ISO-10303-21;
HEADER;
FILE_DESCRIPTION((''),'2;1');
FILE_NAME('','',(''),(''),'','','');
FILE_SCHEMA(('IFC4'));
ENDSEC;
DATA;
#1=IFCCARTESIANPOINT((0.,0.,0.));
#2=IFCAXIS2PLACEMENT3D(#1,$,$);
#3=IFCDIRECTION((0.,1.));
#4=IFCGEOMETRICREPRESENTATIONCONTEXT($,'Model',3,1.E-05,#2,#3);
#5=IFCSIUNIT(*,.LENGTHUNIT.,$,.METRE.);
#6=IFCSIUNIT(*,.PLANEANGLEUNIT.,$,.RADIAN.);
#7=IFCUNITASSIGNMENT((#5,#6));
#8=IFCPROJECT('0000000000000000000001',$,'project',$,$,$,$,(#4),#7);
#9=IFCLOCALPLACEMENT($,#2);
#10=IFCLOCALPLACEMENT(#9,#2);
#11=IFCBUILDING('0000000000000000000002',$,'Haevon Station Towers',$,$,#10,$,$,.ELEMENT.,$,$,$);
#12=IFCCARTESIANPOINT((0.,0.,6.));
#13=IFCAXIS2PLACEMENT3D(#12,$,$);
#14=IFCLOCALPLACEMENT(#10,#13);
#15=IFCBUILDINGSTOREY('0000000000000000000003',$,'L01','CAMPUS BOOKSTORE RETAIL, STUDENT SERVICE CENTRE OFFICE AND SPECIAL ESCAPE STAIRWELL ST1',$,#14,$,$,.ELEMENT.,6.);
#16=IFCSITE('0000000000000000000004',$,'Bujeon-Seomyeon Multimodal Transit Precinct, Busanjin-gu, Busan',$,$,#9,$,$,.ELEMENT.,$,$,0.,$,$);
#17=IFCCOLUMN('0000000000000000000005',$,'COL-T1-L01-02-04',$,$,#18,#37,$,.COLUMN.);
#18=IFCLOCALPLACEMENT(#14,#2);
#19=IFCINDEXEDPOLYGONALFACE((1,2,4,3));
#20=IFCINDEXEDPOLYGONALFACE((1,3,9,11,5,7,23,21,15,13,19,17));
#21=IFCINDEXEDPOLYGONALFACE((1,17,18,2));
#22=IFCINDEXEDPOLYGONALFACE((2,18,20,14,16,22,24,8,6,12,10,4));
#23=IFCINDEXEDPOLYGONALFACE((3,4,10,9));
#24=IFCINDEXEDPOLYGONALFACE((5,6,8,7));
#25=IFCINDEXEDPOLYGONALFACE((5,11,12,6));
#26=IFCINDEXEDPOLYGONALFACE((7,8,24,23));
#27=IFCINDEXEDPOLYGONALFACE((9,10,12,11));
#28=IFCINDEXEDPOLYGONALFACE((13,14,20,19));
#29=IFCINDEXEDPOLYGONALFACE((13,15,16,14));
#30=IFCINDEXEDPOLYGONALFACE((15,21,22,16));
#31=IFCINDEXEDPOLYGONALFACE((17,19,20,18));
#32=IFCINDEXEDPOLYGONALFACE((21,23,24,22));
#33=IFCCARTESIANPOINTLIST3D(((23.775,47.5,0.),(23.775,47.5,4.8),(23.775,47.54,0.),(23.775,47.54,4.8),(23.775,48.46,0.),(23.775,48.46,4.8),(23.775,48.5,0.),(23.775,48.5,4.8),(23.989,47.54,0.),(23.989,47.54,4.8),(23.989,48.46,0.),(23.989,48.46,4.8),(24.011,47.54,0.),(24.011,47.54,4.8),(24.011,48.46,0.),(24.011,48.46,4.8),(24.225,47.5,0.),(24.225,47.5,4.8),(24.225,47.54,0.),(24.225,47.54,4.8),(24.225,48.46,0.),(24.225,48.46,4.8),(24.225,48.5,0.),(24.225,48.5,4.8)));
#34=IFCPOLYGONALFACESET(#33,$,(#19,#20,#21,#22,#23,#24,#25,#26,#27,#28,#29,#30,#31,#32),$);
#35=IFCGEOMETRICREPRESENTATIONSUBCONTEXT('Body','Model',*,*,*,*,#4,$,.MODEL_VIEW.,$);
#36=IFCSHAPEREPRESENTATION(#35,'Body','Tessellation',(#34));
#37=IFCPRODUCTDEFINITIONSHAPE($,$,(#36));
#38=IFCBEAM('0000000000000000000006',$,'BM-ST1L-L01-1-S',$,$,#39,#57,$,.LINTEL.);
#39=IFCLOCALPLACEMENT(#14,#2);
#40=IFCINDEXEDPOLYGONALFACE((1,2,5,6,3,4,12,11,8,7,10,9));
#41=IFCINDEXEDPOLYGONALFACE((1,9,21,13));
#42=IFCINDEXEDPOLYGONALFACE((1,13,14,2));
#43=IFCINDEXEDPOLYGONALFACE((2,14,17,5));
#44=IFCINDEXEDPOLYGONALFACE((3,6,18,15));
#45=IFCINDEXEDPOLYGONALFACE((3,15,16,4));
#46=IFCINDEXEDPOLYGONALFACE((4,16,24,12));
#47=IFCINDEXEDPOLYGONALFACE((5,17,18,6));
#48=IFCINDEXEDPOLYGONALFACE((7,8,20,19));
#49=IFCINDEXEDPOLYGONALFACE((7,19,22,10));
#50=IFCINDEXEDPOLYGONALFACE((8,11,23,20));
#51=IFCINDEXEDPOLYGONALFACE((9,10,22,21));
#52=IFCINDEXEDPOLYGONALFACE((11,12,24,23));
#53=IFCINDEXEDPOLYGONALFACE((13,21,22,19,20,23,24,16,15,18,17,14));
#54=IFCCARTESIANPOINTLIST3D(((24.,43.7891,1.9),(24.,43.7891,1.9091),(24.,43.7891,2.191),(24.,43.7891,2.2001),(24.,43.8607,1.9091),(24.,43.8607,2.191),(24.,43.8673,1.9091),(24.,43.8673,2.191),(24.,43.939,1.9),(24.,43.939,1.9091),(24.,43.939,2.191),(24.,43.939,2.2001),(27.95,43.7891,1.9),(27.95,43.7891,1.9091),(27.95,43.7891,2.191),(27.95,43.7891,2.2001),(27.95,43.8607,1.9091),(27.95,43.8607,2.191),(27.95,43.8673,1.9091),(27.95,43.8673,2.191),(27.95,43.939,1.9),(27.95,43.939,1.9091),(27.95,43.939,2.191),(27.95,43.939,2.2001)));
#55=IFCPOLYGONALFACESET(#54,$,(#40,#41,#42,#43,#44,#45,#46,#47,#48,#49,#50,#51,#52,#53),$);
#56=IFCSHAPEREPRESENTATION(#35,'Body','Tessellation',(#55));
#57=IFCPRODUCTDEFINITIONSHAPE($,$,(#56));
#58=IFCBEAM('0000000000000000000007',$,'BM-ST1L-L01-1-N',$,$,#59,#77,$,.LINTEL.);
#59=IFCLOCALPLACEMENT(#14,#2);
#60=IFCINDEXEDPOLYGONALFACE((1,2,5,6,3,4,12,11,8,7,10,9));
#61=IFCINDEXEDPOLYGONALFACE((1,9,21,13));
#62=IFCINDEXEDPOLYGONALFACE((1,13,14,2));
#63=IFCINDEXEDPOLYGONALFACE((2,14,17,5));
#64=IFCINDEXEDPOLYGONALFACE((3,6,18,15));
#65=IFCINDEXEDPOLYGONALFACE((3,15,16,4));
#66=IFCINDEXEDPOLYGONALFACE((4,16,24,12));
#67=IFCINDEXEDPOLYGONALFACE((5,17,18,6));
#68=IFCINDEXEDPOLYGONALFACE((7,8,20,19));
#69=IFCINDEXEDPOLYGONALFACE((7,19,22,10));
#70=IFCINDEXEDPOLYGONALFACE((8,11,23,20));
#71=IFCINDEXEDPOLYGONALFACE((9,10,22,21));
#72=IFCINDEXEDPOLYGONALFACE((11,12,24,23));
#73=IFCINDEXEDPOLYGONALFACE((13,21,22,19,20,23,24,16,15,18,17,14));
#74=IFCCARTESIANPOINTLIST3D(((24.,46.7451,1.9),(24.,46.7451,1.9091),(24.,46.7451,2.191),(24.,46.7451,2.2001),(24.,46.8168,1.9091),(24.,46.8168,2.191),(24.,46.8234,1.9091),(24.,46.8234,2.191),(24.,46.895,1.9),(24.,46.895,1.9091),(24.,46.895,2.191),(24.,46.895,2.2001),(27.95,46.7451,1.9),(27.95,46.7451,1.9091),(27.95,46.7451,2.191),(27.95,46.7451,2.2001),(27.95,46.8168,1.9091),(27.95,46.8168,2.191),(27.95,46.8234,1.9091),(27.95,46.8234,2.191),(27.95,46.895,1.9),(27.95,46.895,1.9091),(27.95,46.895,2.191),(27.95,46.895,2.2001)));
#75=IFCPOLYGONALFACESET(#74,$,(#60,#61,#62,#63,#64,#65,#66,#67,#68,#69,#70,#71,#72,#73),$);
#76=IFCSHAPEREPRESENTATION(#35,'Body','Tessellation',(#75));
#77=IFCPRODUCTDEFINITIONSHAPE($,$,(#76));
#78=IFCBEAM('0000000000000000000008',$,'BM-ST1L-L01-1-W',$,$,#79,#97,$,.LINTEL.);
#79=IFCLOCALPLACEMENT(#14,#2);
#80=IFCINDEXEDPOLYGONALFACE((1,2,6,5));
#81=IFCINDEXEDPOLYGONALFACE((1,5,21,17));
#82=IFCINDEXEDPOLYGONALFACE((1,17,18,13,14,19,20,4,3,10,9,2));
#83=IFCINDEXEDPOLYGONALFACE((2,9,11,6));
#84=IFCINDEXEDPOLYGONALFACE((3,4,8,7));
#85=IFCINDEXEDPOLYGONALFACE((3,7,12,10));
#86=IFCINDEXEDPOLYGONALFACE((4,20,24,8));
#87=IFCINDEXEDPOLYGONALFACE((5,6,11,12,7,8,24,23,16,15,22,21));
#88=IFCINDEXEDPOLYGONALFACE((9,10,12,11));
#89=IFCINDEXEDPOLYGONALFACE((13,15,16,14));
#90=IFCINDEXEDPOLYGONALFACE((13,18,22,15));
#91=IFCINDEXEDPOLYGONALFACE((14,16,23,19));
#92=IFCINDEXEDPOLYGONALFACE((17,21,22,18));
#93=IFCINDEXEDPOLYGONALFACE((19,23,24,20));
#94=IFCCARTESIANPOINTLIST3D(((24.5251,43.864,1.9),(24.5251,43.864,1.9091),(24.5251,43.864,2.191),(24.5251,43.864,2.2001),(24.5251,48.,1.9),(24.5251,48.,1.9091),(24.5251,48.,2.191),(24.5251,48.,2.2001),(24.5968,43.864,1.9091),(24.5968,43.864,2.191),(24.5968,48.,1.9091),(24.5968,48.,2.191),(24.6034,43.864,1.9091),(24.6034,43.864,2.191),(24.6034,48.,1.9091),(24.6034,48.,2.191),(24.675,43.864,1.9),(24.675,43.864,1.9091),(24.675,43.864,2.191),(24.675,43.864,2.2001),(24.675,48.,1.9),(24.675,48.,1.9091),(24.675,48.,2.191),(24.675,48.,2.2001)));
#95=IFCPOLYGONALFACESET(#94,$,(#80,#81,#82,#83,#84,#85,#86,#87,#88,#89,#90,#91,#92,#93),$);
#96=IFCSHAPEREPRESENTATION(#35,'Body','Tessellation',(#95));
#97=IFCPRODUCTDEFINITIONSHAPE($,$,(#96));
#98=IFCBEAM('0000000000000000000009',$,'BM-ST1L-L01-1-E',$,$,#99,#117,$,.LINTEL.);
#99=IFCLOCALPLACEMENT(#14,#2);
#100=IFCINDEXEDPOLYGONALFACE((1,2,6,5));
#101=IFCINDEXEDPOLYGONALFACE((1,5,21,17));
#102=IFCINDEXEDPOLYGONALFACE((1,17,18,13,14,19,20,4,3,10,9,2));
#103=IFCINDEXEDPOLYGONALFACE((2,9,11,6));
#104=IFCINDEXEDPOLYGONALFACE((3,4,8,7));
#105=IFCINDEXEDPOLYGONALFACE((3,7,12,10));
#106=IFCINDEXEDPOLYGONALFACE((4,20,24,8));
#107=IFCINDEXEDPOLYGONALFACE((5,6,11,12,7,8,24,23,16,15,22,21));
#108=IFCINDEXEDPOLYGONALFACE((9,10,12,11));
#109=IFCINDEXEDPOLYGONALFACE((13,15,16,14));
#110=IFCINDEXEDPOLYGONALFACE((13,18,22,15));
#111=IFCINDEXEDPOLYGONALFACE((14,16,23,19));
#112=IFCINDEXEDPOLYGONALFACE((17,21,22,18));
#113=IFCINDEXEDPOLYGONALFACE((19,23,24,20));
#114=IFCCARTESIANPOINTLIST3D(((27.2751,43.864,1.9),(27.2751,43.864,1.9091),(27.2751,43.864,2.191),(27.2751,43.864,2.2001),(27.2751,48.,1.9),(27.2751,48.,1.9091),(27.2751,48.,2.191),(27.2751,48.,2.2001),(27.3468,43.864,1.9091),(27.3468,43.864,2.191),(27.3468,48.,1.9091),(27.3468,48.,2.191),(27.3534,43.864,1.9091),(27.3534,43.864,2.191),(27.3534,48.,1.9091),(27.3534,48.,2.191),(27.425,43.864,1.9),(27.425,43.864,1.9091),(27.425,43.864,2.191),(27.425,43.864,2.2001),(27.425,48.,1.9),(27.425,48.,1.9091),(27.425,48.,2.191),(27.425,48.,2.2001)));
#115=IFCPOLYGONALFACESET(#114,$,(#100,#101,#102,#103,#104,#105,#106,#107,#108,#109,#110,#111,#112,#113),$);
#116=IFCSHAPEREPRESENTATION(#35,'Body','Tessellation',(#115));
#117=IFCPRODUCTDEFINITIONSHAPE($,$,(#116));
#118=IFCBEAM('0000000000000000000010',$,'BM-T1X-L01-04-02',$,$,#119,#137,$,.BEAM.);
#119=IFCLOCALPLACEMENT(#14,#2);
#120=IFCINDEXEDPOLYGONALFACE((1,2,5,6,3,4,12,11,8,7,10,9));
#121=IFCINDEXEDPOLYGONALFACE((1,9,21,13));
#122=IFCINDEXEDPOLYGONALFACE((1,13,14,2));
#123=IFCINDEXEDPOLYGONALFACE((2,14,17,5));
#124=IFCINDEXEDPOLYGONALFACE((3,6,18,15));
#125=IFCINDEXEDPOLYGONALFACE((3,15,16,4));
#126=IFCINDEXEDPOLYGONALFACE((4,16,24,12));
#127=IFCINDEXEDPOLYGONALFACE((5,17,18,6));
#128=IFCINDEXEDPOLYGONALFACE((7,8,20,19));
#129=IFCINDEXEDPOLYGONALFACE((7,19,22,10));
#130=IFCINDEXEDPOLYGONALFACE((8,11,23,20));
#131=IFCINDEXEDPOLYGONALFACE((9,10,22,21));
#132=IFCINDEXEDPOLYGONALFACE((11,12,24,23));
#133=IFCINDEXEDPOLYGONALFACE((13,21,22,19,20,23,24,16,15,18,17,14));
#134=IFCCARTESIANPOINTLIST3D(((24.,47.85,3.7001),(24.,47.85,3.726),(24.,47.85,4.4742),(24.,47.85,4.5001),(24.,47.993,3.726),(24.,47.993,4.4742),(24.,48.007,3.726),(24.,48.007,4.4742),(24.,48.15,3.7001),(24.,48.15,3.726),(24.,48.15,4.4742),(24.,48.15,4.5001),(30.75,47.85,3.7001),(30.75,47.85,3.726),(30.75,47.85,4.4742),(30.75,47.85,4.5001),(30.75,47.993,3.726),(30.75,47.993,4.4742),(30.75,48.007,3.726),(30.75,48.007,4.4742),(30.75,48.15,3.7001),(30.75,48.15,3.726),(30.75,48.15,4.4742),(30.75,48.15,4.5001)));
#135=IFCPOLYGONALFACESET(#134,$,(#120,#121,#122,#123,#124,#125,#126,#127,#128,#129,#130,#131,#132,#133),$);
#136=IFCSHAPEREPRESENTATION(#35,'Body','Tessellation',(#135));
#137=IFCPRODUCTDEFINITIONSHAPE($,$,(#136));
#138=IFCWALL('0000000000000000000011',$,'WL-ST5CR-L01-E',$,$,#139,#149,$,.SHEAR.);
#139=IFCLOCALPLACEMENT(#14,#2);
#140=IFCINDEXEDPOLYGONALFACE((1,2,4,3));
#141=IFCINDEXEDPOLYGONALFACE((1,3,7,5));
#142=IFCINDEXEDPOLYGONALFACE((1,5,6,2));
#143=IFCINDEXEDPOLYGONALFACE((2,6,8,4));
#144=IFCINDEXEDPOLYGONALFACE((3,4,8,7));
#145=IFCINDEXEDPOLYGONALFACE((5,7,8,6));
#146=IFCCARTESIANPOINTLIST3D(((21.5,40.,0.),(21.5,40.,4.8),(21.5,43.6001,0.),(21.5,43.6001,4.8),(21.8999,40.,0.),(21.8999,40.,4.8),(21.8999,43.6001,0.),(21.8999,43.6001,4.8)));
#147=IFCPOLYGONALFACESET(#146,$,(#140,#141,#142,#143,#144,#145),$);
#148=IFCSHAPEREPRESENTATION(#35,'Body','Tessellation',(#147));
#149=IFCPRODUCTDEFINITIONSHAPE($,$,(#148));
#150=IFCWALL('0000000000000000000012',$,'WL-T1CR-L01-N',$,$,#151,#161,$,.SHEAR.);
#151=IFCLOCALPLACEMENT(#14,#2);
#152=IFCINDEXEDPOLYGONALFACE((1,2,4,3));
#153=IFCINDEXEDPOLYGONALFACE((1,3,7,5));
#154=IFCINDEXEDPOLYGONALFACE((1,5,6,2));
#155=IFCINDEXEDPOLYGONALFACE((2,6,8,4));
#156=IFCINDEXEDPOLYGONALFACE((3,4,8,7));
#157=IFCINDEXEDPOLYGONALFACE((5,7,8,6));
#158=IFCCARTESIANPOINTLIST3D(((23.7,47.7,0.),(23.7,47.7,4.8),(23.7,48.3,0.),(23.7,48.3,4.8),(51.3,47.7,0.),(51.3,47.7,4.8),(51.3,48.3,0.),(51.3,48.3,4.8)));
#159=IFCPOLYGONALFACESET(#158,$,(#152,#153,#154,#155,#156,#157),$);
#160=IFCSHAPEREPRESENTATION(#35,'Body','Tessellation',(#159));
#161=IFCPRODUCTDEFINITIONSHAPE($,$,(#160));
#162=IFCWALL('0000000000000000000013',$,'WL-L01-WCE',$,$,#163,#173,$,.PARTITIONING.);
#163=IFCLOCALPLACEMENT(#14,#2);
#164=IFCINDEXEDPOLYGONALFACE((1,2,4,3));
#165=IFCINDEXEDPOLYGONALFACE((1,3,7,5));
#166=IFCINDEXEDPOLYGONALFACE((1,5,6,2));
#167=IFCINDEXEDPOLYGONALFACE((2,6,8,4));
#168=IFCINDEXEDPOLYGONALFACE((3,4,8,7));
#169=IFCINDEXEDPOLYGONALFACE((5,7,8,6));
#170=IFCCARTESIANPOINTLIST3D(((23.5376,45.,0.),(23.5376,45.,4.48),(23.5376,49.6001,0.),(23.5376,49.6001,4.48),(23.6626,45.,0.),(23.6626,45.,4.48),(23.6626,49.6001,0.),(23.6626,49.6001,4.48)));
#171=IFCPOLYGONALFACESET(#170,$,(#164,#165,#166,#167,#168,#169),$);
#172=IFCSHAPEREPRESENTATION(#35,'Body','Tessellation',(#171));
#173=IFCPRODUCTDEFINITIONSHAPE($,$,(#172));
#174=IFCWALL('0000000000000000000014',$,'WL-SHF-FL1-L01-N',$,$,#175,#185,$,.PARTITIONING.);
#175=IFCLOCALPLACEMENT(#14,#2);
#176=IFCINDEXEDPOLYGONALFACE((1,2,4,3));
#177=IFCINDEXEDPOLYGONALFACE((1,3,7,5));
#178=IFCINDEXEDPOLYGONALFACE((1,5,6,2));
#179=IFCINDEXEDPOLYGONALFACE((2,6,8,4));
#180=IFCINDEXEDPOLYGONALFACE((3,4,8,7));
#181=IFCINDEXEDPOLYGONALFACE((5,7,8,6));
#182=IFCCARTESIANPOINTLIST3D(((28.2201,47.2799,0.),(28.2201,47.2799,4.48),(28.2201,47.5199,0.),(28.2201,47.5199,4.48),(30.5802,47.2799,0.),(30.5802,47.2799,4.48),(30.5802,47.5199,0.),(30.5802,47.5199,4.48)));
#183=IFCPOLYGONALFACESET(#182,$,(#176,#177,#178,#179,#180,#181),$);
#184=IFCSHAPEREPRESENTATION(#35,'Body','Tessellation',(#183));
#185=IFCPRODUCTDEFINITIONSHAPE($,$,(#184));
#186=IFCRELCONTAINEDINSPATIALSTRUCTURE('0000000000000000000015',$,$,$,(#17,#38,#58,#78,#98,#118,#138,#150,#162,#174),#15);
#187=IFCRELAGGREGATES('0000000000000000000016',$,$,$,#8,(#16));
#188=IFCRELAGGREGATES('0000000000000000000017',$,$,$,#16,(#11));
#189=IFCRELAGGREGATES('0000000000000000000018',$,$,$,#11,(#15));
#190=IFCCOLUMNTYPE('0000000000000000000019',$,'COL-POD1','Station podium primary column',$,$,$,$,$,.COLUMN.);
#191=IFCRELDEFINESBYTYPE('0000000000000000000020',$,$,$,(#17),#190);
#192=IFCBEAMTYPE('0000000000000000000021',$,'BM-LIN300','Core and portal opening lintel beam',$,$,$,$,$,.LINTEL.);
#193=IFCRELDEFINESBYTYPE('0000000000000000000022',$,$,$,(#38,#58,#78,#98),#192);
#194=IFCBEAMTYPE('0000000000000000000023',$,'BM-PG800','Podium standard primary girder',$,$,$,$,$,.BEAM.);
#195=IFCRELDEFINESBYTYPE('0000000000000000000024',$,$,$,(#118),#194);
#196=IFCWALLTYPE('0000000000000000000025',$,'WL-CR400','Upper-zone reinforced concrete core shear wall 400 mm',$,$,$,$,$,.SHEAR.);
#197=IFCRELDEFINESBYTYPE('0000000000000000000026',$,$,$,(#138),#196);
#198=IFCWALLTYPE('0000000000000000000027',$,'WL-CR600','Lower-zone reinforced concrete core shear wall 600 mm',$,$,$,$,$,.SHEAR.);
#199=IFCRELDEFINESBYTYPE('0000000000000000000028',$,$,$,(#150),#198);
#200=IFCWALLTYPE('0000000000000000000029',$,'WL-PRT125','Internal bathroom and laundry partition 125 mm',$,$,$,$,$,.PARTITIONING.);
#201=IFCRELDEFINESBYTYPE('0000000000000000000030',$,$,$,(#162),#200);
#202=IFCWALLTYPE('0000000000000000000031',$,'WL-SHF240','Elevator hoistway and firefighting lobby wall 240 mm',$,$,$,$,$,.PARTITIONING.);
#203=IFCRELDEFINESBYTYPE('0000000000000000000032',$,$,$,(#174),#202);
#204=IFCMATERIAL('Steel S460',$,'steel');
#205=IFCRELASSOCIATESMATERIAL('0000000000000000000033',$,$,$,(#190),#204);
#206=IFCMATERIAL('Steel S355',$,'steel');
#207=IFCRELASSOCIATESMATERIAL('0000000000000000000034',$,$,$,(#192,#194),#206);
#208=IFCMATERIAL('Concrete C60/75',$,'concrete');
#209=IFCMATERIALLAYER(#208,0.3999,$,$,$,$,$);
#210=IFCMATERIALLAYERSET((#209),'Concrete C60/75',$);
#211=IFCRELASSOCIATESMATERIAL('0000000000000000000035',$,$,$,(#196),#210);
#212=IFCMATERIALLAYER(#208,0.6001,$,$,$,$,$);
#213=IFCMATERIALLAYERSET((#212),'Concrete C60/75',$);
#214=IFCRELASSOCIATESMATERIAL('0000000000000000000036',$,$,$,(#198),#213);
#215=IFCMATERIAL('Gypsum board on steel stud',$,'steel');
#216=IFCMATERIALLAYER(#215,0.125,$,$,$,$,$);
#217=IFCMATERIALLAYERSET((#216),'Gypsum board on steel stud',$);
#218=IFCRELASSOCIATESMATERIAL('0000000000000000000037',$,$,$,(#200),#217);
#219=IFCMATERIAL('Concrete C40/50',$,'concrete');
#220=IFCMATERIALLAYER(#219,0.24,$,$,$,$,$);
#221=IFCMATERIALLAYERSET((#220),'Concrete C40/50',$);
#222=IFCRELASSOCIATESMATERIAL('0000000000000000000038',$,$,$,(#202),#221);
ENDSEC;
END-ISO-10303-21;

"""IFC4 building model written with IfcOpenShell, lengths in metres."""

from ifc_helpers import new_model, si_unit, direction, frame, frame_2d, origin, origin_2d, place, context, subcontext, project, spatial, rectangle, i_section, extrude, material, layer, layer_set, material_profile, profile_set, type_object, element, save


model = new_model("IFC4")

# Units and contexts
model_context = context("Model", 3, precision=1e-05, world=origin(), true_north=direction((0.0, 1.0)))
body_context = subcontext(model_context, "Body", "Model", "MODEL_VIEW")
ifc_project = project(units=[si_unit("LENGTHUNIT", "METRE"), si_unit("PLANEANGLEUNIT", "RADIAN")], contexts=[model_context])

# Site, building, storey
site_placement = place(None, origin())
site = spatial("IfcSite", under=ifc_project, at=site_placement, Name="Bujeon-Seomyeon Multimodal Transit Precinct, Busanjin-gu, Busan", CompositionType="ELEMENT", RefElevation=0.0)
building_placement = place(site_placement, origin())
building = spatial("IfcBuilding", under=site, at=building_placement, Name="Haevon Station Towers", CompositionType="ELEMENT")
storey_placement = place(building_placement, frame((0.0, 0.0, 6.0)))
storey = spatial("IfcBuildingStorey", under=building, at=storey_placement, Name="L01", Description="CAMPUS BOOKSTORE RETAIL, STUDENT SERVICE CENTRE OFFICE AND SPECIAL ESCAPE STAIRWELL ST1", CompositionType="ELEMENT", Elevation=6.0)

# Column
ifc_material_1 = material(Name="Steel S460", Category="steel")
ifc_material_profile_1 = material_profile(ifc_material_1, i_section(OverallWidth=0.45, OverallDepth=1.0, WebThickness=0.022, FlangeThickness=0.04, at=origin_2d()), Name="H-1000x450x22x40")
ifc_profile_set_1 = profile_set([ifc_material_profile_1], Name="Steel S460")
column_type = type_object("IfcColumnType", Name="COL-POD1", Description="Station podium primary column", PredefinedType="COLUMN", material=ifc_profile_set_1)
column_placement = place(storey_placement, frame((24.0, 48.0, 0.0), z_axis=(0.0, 0.0, 1.0), x_axis=(1.0, 0.0, 0.0)))
element("IfcColumn", 1, at=column_placement, inside=storey, type_object=column_type, Name="COL-T1-L01-02-04", PredefinedType="COLUMN", context=body_context, shape_type="SweptSolid", body=[
    extrude(i_section(OverallWidth=0.45, OverallDepth=1.0, WebThickness=0.022, FlangeThickness=0.04, at=origin_2d()), origin(), (0.0, 0.0, 1.0), 4.8),
])

# Beams
ifc_material_2 = material(Name="Steel S355", Category="steel")
ifc_material_profile_2 = material_profile(ifc_material_2, i_section(OverallWidth=0.1499, OverallDepth=0.3, WebThickness=0.0066, FlangeThickness=0.009, at=origin_2d()), Name="H-300x150x6.5x9")
ifc_profile_set_2 = profile_set([ifc_material_profile_2], Name="Steel S355")
beam_type_1 = type_object("IfcBeamType", Name="BM-LIN300", Description="Core and portal opening lintel beam", PredefinedType="LINTEL", material=ifc_profile_set_2)
for number, where, z_axis, x_axis, name in (
    (2, (24.0, 43.864, 2.05), (1.0, 0.0, 0.0), (0.0, 1.0, 0.0), "BM-ST1L-L01-1-S"),
    (3, (24.0, 46.8201, 2.05), (1.0, 0.0, 0.0), (0.0, 1.0, 0.0), "BM-ST1L-L01-1-N"),
):
    element("IfcBeam", number, at=place(storey_placement, frame(where, z_axis=z_axis, x_axis=x_axis)), inside=storey, type_object=beam_type_1, Name=name, PredefinedType="LINTEL", context=body_context, shape_type="SweptSolid", body=[
        extrude(i_section(OverallWidth=0.1499, OverallDepth=0.3, WebThickness=0.0066, FlangeThickness=0.009, at=origin_2d()), origin(), (0.0, 0.0, 1.0), 3.95),
    ])
for number, where, z_axis, x_axis, name in (
    (4, (24.6001, 43.864, 2.05), (0.0, 1.0, 0.0), (-1.0, 0.0, 0.0), "BM-ST1L-L01-1-W"),
    (5, (27.3501, 43.864, 2.05), (0.0, 1.0, 0.0), (-1.0, 0.0, 0.0), "BM-ST1L-L01-1-E"),
):
    element("IfcBeam", number, at=place(storey_placement, frame(where, z_axis=z_axis, x_axis=x_axis)), inside=storey, type_object=beam_type_1, Name=name, PredefinedType="LINTEL", context=body_context, shape_type="SweptSolid", body=[
        extrude(i_section(OverallWidth=0.1499, OverallDepth=0.3, WebThickness=0.0066, FlangeThickness=0.009, at=origin_2d()), origin(), (0.0, 0.0, 1.0), 4.136),
    ])
ifc_material_profile_3 = material_profile(ifc_material_2, i_section(OverallWidth=0.3, OverallDepth=0.8, WebThickness=0.0139, FlangeThickness=0.0259, at=origin_2d()), Name="H-800x300x14x26")
ifc_profile_set_3 = profile_set([ifc_material_profile_3], Name="Steel S355")
beam_type_2 = type_object("IfcBeamType", Name="BM-PG800", Description="Podium standard primary girder", PredefinedType="BEAM", material=ifc_profile_set_3)
beam_placement = place(storey_placement, frame((24.0, 48.0, 4.1001), z_axis=(1.0, 0.0, 0.0), x_axis=(0.0, 1.0, 0.0)))
element("IfcBeam", 6, at=beam_placement, inside=storey, type_object=beam_type_2, Name="BM-T1X-L01-04-02", PredefinedType="BEAM", context=body_context, shape_type="SweptSolid", body=[
    extrude(i_section(OverallWidth=0.3, OverallDepth=0.8, WebThickness=0.0139, FlangeThickness=0.0259, at=origin_2d()), origin(), (0.0, 0.0, 1.0), 6.75),
])

# Walls
ifc_material_3 = material(Name="Concrete C60/75", Category="concrete")
ifc_layer_1 = layer(ifc_material_3, 0.3999)
ifc_layer_set_1 = layer_set([ifc_layer_1], Name="Concrete C60/75")
wall_type_1 = type_object("IfcWallType", Name="WL-CR400", Description="Upper-zone reinforced concrete core shear wall 400 mm", PredefinedType="SHEAR", material=ifc_layer_set_1)
wall_1_placement = place(storey_placement, frame((21.7, 40.0, 0.0), z_axis=(0.0, 0.0, 1.0), x_axis=(0.0, 1.0, 0.0)))
element("IfcWall", 7, at=wall_1_placement, inside=storey, type_object=wall_type_1, Name="WL-ST5CR-L01-E", PredefinedType="SHEAR", context=body_context, shape_type="SweptSolid", body=[
    extrude(rectangle(XDim=3.6001, YDim=0.3999, at=frame_2d((1.8, 0.0))), origin(), (0.0, 0.0, 1.0), 4.8),
])
ifc_layer_2 = layer(ifc_material_3, 0.6001)
ifc_layer_set_2 = layer_set([ifc_layer_2], Name="Concrete C60/75")
wall_type_2 = type_object("IfcWallType", Name="WL-CR600", Description="Lower-zone reinforced concrete core shear wall 600 mm", PredefinedType="SHEAR", material=ifc_layer_set_2)
wall_2_placement = place(storey_placement, frame((23.7, 48.0, 0.0), z_axis=(0.0, 0.0, 1.0), x_axis=(1.0, 0.0, 0.0)))
element("IfcWall", 8, at=wall_2_placement, inside=storey, type_object=wall_type_2, Name="WL-T1CR-L01-N", PredefinedType="SHEAR", context=body_context, shape_type="SweptSolid", body=[
    extrude(rectangle(XDim=27.6001, YDim=0.6001, at=frame_2d((13.8, 0.0))), origin(), (0.0, 0.0, 1.0), 4.8),
])
ifc_material_4 = material(Name="Gypsum board on steel stud", Category="steel")
ifc_layer_3 = layer(ifc_material_4, 0.125)
ifc_layer_set_3 = layer_set([ifc_layer_3], Name="Gypsum board on steel stud")
wall_type_3 = type_object("IfcWallType", Name="WL-PRT125", Description="Internal bathroom and laundry partition 125 mm", PredefinedType="PARTITIONING", material=ifc_layer_set_3)
wall_3_placement = place(storey_placement, frame((23.6001, 45.0, 0.0), z_axis=(0.0, 0.0, 1.0), x_axis=(0.0, 1.0, 0.0)))
element("IfcWall", 9, at=wall_3_placement, inside=storey, type_object=wall_type_3, Name="WL-L01-WCE", PredefinedType="PARTITIONING", context=body_context, shape_type="SweptSolid", body=[
    extrude(rectangle(XDim=4.6001, YDim=0.125, at=frame_2d((2.3, 0.0))), origin(), (0.0, 0.0, 1.0), 4.48),
])

# Shared definitions
ifc_material_5 = material(Name="Concrete C40/50", Category="concrete")
ifc_layer_4 = layer(ifc_material_5, 0.24)
ifc_layer_set_4 = layer_set([ifc_layer_4], Name="Concrete C40/50")
wall_type_4 = type_object("IfcWallType", Name="WL-SHF240", Description="Elevator hoistway and firefighting lobby wall 240 mm", PredefinedType="PARTITIONING", material=ifc_layer_set_4)

# Wall
wall_4_placement = place(storey_placement, frame((28.22, 47.3999, 0.0), z_axis=(0.0, 0.0, 1.0), x_axis=(1.0, 0.0, 0.0)))
element("IfcWall", 10, at=wall_4_placement, inside=storey, type_object=wall_type_4, Name="WL-SHF-FL1-L01-N", PredefinedType="PARTITIONING", context=body_context, shape_type="SweptSolid", body=[
    extrude(rectangle(XDim=2.3601, YDim=0.24, at=frame_2d((1.1802, 0.0))), origin(), (0.0, 0.0, 1.0), 4.48),
])

save(model, "model.ifc")
